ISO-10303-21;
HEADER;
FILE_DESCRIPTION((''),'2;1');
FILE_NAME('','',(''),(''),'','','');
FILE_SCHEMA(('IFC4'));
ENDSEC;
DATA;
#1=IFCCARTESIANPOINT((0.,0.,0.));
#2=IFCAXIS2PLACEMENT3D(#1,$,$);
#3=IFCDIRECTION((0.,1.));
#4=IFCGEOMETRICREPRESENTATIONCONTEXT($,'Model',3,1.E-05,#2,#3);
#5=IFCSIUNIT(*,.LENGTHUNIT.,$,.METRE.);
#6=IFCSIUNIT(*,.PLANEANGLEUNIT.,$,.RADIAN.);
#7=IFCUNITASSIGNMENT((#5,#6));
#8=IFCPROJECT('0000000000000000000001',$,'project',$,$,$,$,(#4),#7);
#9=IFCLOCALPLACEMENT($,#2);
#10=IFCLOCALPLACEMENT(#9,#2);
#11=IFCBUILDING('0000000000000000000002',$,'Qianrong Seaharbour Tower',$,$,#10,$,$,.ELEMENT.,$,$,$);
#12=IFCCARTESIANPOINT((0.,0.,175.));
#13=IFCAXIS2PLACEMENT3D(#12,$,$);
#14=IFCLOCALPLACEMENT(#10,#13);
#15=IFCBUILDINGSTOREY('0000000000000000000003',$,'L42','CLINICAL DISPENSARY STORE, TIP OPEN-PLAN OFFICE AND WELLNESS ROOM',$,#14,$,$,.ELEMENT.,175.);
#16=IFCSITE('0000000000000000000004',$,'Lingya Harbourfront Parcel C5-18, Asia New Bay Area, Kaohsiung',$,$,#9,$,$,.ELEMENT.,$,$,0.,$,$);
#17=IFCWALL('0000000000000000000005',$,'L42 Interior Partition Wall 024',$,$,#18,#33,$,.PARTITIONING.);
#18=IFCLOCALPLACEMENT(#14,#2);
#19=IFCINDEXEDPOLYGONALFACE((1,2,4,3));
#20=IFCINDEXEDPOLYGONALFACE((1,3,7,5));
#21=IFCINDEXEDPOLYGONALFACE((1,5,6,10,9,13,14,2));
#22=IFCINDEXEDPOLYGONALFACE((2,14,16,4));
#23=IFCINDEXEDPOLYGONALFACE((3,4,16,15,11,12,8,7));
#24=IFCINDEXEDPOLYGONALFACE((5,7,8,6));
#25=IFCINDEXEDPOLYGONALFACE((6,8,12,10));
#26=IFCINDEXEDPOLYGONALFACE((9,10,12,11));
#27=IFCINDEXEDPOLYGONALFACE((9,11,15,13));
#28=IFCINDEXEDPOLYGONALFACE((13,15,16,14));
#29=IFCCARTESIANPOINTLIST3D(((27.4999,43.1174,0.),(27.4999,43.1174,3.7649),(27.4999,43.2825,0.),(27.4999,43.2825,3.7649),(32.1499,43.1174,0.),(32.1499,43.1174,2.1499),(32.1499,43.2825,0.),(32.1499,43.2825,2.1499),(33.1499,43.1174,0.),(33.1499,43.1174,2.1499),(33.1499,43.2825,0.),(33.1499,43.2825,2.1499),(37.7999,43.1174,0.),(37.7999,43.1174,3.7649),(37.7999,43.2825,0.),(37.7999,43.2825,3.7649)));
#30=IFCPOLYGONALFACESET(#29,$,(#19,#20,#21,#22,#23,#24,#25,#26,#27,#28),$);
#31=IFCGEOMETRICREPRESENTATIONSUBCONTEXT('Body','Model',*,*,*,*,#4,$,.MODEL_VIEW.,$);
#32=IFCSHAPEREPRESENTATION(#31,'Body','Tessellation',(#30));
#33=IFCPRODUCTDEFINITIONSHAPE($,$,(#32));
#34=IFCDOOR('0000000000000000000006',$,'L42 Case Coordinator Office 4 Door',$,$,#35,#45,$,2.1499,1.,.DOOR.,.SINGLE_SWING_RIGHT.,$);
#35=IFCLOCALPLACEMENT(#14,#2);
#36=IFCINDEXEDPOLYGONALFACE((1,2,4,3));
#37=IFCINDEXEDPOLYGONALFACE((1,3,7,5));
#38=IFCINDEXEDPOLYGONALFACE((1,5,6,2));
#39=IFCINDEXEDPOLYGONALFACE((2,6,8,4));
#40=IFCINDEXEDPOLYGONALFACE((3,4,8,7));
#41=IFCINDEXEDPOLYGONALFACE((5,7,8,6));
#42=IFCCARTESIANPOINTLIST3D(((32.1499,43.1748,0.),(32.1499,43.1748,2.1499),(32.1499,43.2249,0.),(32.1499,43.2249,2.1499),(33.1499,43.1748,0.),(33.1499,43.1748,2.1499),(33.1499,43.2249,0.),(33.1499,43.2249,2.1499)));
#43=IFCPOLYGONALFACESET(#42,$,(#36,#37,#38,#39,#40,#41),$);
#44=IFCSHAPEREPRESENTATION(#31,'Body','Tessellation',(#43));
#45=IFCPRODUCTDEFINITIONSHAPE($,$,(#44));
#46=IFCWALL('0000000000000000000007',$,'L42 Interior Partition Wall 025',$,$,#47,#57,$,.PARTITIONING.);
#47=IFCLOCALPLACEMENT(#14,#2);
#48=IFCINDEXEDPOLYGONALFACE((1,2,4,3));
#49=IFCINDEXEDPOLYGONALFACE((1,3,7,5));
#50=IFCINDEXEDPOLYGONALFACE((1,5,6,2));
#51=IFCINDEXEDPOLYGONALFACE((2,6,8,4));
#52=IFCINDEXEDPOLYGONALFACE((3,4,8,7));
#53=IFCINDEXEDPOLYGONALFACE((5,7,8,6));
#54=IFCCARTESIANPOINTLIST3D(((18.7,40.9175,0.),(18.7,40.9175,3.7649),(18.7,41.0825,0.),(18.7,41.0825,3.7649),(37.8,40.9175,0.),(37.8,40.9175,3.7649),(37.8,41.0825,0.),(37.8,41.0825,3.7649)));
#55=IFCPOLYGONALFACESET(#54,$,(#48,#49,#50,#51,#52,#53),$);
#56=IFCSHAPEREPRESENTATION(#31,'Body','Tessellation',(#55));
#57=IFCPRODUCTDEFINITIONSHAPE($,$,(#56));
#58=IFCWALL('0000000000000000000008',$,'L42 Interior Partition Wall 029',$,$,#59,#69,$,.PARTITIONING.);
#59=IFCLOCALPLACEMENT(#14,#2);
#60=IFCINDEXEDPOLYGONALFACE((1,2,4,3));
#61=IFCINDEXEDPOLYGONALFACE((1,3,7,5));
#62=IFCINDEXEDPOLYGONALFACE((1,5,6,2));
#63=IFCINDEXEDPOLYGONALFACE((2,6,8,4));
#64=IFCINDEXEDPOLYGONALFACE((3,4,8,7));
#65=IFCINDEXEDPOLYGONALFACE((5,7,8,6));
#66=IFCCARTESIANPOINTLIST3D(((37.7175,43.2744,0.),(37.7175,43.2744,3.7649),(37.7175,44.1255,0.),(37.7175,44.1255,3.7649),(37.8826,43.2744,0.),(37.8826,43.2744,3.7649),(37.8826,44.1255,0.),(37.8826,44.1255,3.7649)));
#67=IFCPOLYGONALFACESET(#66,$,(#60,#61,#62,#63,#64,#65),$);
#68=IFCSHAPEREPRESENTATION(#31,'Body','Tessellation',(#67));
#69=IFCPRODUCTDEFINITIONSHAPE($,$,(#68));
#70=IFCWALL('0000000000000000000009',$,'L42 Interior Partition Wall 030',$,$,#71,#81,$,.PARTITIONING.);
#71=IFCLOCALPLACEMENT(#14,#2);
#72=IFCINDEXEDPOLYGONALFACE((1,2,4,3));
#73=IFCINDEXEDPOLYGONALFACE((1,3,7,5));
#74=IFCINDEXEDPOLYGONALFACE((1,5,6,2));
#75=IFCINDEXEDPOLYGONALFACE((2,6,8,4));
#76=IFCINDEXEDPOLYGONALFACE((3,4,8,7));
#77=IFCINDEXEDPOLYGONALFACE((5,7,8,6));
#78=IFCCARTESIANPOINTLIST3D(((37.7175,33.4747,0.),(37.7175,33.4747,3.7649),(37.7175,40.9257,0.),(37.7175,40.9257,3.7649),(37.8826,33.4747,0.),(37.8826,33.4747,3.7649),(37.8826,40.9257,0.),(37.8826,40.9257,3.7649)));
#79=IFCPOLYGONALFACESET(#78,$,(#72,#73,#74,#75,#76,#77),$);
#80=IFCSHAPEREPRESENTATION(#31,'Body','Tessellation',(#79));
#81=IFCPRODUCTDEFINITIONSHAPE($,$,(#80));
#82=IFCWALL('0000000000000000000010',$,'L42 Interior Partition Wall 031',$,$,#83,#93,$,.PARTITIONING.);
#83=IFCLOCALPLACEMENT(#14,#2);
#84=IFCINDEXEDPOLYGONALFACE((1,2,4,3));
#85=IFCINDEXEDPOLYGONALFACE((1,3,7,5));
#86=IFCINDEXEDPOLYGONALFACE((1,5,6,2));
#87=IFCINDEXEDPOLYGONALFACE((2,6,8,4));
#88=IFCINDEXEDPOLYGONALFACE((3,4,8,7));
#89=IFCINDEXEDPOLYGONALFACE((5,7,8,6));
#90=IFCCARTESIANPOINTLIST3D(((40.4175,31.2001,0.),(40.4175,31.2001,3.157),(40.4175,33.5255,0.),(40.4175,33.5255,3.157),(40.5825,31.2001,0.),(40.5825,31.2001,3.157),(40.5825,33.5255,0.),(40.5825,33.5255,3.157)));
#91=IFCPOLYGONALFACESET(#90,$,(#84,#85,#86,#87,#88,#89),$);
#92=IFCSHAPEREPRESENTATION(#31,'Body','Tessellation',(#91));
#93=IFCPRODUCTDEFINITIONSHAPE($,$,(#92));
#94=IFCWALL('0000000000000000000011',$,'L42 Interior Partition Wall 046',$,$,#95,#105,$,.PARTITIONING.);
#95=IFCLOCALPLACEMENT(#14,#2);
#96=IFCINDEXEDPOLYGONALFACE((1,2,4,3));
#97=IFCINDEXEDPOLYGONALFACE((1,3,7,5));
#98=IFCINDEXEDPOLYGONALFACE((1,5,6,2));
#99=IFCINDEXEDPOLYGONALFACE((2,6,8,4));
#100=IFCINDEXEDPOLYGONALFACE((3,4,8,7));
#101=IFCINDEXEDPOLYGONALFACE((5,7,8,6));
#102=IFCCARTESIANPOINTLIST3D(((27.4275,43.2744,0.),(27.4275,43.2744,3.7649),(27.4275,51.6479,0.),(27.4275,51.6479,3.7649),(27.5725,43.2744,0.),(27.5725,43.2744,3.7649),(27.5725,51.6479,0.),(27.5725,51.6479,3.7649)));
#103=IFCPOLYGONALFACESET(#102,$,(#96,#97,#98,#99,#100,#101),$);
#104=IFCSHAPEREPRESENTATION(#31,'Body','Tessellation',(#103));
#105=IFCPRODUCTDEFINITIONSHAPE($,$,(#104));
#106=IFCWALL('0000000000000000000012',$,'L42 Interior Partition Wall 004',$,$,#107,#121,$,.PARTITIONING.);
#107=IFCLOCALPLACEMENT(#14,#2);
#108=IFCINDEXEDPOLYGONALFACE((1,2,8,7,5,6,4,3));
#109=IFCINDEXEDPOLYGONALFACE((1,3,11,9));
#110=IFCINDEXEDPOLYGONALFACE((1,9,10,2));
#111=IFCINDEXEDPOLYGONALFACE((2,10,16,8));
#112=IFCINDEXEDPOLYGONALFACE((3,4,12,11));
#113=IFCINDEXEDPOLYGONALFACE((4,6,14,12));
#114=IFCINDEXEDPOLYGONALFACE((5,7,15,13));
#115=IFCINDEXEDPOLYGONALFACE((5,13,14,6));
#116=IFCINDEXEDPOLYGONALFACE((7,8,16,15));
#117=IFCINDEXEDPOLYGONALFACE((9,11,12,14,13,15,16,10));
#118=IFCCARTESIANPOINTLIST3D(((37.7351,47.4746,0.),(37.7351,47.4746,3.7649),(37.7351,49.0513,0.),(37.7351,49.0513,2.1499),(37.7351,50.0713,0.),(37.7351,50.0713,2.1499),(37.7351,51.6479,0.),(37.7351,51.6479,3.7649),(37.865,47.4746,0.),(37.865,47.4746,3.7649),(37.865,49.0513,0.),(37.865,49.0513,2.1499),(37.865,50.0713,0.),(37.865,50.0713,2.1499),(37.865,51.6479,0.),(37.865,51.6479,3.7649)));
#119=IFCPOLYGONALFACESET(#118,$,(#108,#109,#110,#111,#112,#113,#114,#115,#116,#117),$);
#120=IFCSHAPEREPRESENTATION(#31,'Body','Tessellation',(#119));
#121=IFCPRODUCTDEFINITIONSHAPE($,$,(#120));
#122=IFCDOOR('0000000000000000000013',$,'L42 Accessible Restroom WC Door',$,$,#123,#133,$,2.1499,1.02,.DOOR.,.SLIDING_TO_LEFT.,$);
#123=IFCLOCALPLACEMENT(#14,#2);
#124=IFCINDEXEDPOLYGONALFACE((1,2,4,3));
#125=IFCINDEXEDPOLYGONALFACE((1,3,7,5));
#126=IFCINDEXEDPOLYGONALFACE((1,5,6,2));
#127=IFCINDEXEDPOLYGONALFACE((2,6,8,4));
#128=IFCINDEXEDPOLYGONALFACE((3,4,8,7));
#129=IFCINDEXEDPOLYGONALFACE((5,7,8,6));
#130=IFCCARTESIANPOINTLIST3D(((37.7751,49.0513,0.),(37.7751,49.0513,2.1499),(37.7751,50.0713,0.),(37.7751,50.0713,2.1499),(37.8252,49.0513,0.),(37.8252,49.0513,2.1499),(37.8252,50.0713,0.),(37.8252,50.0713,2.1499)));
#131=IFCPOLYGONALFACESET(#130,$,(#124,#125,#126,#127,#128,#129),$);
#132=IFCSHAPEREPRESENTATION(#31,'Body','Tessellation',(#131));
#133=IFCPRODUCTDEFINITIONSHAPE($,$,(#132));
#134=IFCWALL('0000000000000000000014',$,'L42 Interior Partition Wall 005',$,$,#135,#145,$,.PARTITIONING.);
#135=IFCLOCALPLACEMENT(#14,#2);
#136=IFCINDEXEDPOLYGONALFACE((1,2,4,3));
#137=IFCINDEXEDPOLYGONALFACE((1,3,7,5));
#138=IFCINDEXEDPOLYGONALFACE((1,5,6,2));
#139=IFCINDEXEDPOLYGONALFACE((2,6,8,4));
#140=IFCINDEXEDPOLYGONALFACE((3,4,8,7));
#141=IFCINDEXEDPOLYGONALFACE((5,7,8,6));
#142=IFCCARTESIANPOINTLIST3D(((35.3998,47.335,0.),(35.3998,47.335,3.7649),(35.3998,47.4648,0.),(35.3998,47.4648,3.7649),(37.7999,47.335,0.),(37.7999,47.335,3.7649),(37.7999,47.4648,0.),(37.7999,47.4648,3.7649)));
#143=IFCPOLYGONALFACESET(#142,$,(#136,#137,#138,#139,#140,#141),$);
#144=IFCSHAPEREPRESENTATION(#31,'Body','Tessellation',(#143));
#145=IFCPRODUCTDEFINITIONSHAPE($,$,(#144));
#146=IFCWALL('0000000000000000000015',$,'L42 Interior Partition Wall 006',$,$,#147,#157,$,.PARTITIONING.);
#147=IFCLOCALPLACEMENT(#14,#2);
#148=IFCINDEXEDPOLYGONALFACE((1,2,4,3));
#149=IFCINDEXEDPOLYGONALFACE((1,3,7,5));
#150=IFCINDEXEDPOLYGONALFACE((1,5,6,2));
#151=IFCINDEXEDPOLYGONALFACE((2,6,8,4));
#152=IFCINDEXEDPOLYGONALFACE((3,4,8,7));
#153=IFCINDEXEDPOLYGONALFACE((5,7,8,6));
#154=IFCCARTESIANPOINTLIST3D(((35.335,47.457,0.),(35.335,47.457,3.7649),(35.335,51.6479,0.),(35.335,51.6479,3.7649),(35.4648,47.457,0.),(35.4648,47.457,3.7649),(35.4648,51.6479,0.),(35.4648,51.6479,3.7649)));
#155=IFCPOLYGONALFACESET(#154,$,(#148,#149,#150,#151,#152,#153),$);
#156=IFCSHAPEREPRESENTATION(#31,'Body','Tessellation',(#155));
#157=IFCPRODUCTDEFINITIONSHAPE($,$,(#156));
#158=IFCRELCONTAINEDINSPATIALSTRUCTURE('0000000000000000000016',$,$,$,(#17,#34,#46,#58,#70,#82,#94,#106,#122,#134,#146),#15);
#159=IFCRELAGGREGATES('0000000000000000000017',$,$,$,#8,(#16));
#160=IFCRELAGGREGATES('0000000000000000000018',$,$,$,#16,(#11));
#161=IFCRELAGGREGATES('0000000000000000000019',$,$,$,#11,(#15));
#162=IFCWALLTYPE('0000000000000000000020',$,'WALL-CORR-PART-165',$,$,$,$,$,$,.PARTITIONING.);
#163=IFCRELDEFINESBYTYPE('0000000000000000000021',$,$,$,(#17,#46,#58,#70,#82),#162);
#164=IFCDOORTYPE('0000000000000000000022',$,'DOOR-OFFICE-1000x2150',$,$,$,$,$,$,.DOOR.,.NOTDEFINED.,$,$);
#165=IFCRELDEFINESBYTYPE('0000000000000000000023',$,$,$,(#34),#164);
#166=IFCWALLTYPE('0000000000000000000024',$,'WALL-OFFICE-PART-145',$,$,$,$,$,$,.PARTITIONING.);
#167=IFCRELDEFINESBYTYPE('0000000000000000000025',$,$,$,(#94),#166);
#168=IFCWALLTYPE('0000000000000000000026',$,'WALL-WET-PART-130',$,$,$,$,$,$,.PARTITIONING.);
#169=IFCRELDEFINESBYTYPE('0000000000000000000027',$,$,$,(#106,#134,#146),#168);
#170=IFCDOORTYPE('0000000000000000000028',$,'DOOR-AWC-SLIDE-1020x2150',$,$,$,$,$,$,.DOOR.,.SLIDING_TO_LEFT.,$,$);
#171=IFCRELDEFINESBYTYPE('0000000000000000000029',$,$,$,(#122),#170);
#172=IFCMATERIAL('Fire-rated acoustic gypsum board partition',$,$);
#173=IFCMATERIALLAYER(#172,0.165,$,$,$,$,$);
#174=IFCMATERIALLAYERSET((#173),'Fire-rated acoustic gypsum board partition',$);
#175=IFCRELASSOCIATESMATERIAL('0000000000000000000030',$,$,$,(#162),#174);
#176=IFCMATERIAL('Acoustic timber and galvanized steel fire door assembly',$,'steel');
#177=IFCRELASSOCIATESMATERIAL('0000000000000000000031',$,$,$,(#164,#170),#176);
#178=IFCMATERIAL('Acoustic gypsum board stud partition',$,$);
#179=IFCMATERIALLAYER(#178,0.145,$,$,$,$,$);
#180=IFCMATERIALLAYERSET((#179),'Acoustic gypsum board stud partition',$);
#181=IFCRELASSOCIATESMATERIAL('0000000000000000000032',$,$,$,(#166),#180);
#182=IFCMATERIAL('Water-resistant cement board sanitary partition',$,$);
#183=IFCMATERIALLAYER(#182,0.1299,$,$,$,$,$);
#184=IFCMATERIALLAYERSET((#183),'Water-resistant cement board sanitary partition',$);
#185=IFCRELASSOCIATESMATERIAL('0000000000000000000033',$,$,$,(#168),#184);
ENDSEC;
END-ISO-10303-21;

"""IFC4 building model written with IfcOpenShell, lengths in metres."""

from ifc_helpers import new_model, si_unit, direction, frame, frame_2d, origin, place, context, subcontext, project, spatial, rectangle, extrude, material, layer, layer_set, type_object, element, fill, save


model = new_model("IFC4")

# Units and contexts
model_context = context("Model", 3, precision=1e-05, world=origin(), true_north=direction((0.0, 1.0)))
body_context = subcontext(model_context, "Body", "Model", "MODEL_VIEW")
ifc_project = project(units=[si_unit("LENGTHUNIT", "METRE"), si_unit("PLANEANGLEUNIT", "RADIAN")], contexts=[model_context])

# Site, building, storey
site_placement = place(None, origin())
site = spatial("IfcSite", under=ifc_project, at=site_placement, Name="Lingya Harbourfront Parcel C5-18, Asia New Bay Area, Kaohsiung", CompositionType="ELEMENT", RefElevation=0.0)
building_placement = place(site_placement, origin())
building = spatial("IfcBuilding", under=site, at=building_placement, Name="Qianrong Seaharbour Tower", CompositionType="ELEMENT")
storey_placement = place(building_placement, frame((0.0, 0.0, 175.0)))
storey = spatial("IfcBuildingStorey", under=building, at=storey_placement, Name="L42", Description="CLINICAL DISPENSARY STORE, TIP OPEN-PLAN OFFICE AND WELLNESS ROOM", CompositionType="ELEMENT", Elevation=175.0)

# Shared definitions
ifc_material_1 = material(Name="Fire-rated acoustic gypsum board partition")
ifc_layer_1 = layer(ifc_material_1, 0.165)
ifc_layer_set_1 = layer_set([ifc_layer_1], Name="Fire-rated acoustic gypsum board partition")
wall_type_1 = type_object("IfcWallType", Name="WALL-CORR-PART-165", PredefinedType="PARTITIONING", material=ifc_layer_set_1)
ifc_material_2 = material(Name="Acoustic timber and galvanized steel fire door assembly", Category="steel")

# Wall, opening, door
wall_1_placement = place(storey_placement, frame((27.5, 43.2, 0.0), z_axis=(0.0, 0.0, 1.0), x_axis=(1.0, 0.0, 0.0)))
wall_1 = element("IfcWall", 1, at=wall_1_placement, inside=storey, type_object=wall_type_1, Name="L42 Interior Partition Wall 024", PredefinedType="PARTITIONING", context=body_context, shape_type="SweptSolid", body=[
    extrude(rectangle(XDim=10.3, YDim=0.165, at=frame_2d((5.1499, 0.0))), origin(), (0.0, 0.0, 1.0), 3.7649),
])
opening_1_placement = place(wall_1_placement, frame((4.6499, 0.0, 0.0)))
opening_1 = element("IfcOpeningElement", 2, at=opening_1_placement, cuts=wall_1, PredefinedType="OPENING", context=body_context, shape_type="SweptSolid", body=[
    extrude(rectangle(XDim=1.0, YDim=2.1499, at=frame_2d((0.5, 1.075))), frame((0.0, 0.0925, 0.0), z_axis=(0.0, -1.0, 0.0), x_axis=(1.0, 0.0, 0.0)), (0.0, 0.0, 1.0), 0.1851),
])
door_type_1 = type_object("IfcDoorType", Name="DOOR-OFFICE-1000x2150", OperationType="NOTDEFINED", PredefinedType="DOOR", material=ifc_material_2)
door_1_placement = place(opening_1_placement, origin())
door_1 = element("IfcDoor", 3, at=door_1_placement, inside=storey, type_object=door_type_1, Name="L42 Case Coordinator Office 4 Door", OperationType="SINGLE_SWING_RIGHT", OverallHeight=2.1499, OverallWidth=1.0, PredefinedType="DOOR", context=body_context, shape_type="SweptSolid", body=[
    extrude(rectangle(XDim=1.0, YDim=2.1499, at=frame_2d((0.5, 1.075))), frame((0.0, 0.0249, 0.0), z_axis=(0.0, -1.0, 0.0), x_axis=(1.0, 0.0, 0.0)), (0.0, 0.0, 1.0), 0.05),
])
fill(opening_1, door_1)

# Walls
wall_2_placement = place(storey_placement, frame((37.8, 41.0, 0.0), z_axis=(0.0, 0.0, 1.0), x_axis=(-1.0, 0.0, 0.0)))
element("IfcWall", 4, at=wall_2_placement, inside=storey, type_object=wall_type_1, Name="L42 Interior Partition Wall 025", PredefinedType="PARTITIONING", context=body_context, shape_type="SweptSolid", body=[
    extrude(rectangle(XDim=19.1001, YDim=0.165, at=frame_2d((9.55, 0.0))), origin(), (0.0, 0.0, 1.0), 3.7649),
])
wall_3_placement = place(storey_placement, frame((37.8, 43.2744, 0.0), z_axis=(0.0, 0.0, 1.0), x_axis=(0.0, 1.0, 0.0)))
element("IfcWall", 5, at=wall_3_placement, inside=storey, type_object=wall_type_1, Name="L42 Interior Partition Wall 029", PredefinedType="PARTITIONING", context=body_context, shape_type="SweptSolid", body=[
    extrude(rectangle(XDim=0.8511, YDim=0.165, at=frame_2d((0.4255, 0.0))), origin(), (0.0, 0.0, 1.0), 3.7649),
])
wall_4_placement = place(storey_placement, frame((37.8, 33.4746, 0.0), z_axis=(0.0, 0.0, 1.0), x_axis=(0.0, 1.0, 0.0)))
element("IfcWall", 6, at=wall_4_placement, inside=storey, type_object=wall_type_1, Name="L42 Interior Partition Wall 030", PredefinedType="PARTITIONING", context=body_context, shape_type="SweptSolid", body=[
    extrude(rectangle(XDim=7.4509, YDim=0.165, at=frame_2d((3.7256, 0.0))), origin(), (0.0, 0.0, 1.0), 3.7649),
])
wall_5_placement = place(storey_placement, frame((40.5, 33.5254, 0.0), z_axis=(0.0, 0.0, 1.0), x_axis=(0.0, -1.0, 0.0)))
element("IfcWall", 7, at=wall_5_placement, inside=storey, type_object=wall_type_1, Name="L42 Interior Partition Wall 031", PredefinedType="PARTITIONING", context=body_context, shape_type="SweptSolid", body=[
    extrude(rectangle(XDim=2.3254, YDim=0.165, at=frame_2d((1.1626, 0.0))), origin(), (0.0, 0.0, 1.0), 3.157),
])
ifc_material_3 = material(Name="Acoustic gypsum board stud partition")
ifc_layer_2 = layer(ifc_material_3, 0.145)
ifc_layer_set_2 = layer_set([ifc_layer_2], Name="Acoustic gypsum board stud partition")
wall_type_2 = type_object("IfcWallType", Name="WALL-OFFICE-PART-145", PredefinedType="PARTITIONING", material=ifc_layer_set_2)
wall_6_placement = place(storey_placement, frame((27.5, 51.6479, 0.0), z_axis=(0.0, 0.0, 1.0), x_axis=(0.0, -1.0, 0.0)))
element("IfcWall", 8, at=wall_6_placement, inside=storey, type_object=wall_type_2, Name="L42 Interior Partition Wall 046", PredefinedType="PARTITIONING", context=body_context, shape_type="SweptSolid", body=[
    extrude(rectangle(XDim=8.3735, YDim=0.145, at=frame_2d((4.1868, 0.0))), origin(), (0.0, 0.0, 1.0), 3.7649),
])

# Wall, opening, door
ifc_material_4 = material(Name="Water-resistant cement board sanitary partition")
ifc_layer_3 = layer(ifc_material_4, 0.1299)
ifc_layer_set_3 = layer_set([ifc_layer_3], Name="Water-resistant cement board sanitary partition")
wall_type_3 = type_object("IfcWallType", Name="WALL-WET-PART-130", PredefinedType="PARTITIONING", material=ifc_layer_set_3)
wall_7_placement = place(storey_placement, frame((37.8, 47.4746, 0.0), z_axis=(0.0, 0.0, 1.0), x_axis=(0.0, 1.0, 0.0)))
wall_7 = element("IfcWall", 9, at=wall_7_placement, inside=storey, type_object=wall_type_3, Name="L42 Interior Partition Wall 004", PredefinedType="PARTITIONING", context=body_context, shape_type="SweptSolid", body=[
    extrude(rectangle(XDim=4.1733, YDim=0.1299, at=frame_2d((2.0867, 0.0))), origin(), (0.0, 0.0, 1.0), 3.7649),
])
opening_2_placement = place(wall_7_placement, frame((1.5767, 0.0, 0.0)))
opening_2 = element("IfcOpeningElement", 10, at=opening_2_placement, cuts=wall_7, PredefinedType="OPENING", context=body_context, shape_type="SweptSolid", body=[
    extrude(rectangle(XDim=1.02, YDim=2.1499, at=frame_2d((0.51, 1.075))), frame((0.0, 0.075, 0.0), z_axis=(0.0, -1.0, 0.0), x_axis=(1.0, 0.0, 0.0)), (0.0, 0.0, 1.0), 0.1499),
])
door_type_2 = type_object("IfcDoorType", Name="DOOR-AWC-SLIDE-1020x2150", OperationType="SLIDING_TO_LEFT", PredefinedType="DOOR", material=ifc_material_2)
door_2_placement = place(opening_2_placement, origin())
door_2 = element("IfcDoor", 11, at=door_2_placement, inside=storey, type_object=door_type_2, Name="L42 Accessible Restroom WC Door", OperationType="SLIDING_TO_LEFT", OverallHeight=2.1499, OverallWidth=1.02, PredefinedType="DOOR", context=body_context, shape_type="SweptSolid", body=[
    extrude(rectangle(XDim=1.02, YDim=2.1499, at=frame_2d((0.51, 1.075))), frame((0.0, 0.0249, 0.0), z_axis=(0.0, -1.0, 0.0), x_axis=(1.0, 0.0, 0.0)), (0.0, 0.0, 1.0), 0.05),
])
fill(opening_2, door_2)

# Walls
wall_8_placement = place(storey_placement, frame((37.8, 47.3999, 0.0), z_axis=(0.0, 0.0, 1.0), x_axis=(-1.0, 0.0, 0.0)))
element("IfcWall", 12, at=wall_8_placement, inside=storey, type_object=wall_type_3, Name="L42 Interior Partition Wall 005", PredefinedType="PARTITIONING", context=body_context, shape_type="SweptSolid", body=[
    extrude(rectangle(XDim=2.4001, YDim=0.1299, at=frame_2d((1.2002, 0.0))), origin(), (0.0, 0.0, 1.0), 3.7649),
])
wall_9_placement = place(storey_placement, frame((35.3999, 47.457, 0.0), z_axis=(0.0, 0.0, 1.0), x_axis=(0.0, 1.0, 0.0)))
element("IfcWall", 13, at=wall_9_placement, inside=storey, type_object=wall_type_3, Name="L42 Interior Partition Wall 006", PredefinedType="PARTITIONING", context=body_context, shape_type="SweptSolid", body=[
    extrude(rectangle(XDim=4.1909, YDim=0.1299, at=frame_2d((2.0955, 0.0))), origin(), (0.0, 0.0, 1.0), 3.7649),
])

save(model, "model.ifc")
